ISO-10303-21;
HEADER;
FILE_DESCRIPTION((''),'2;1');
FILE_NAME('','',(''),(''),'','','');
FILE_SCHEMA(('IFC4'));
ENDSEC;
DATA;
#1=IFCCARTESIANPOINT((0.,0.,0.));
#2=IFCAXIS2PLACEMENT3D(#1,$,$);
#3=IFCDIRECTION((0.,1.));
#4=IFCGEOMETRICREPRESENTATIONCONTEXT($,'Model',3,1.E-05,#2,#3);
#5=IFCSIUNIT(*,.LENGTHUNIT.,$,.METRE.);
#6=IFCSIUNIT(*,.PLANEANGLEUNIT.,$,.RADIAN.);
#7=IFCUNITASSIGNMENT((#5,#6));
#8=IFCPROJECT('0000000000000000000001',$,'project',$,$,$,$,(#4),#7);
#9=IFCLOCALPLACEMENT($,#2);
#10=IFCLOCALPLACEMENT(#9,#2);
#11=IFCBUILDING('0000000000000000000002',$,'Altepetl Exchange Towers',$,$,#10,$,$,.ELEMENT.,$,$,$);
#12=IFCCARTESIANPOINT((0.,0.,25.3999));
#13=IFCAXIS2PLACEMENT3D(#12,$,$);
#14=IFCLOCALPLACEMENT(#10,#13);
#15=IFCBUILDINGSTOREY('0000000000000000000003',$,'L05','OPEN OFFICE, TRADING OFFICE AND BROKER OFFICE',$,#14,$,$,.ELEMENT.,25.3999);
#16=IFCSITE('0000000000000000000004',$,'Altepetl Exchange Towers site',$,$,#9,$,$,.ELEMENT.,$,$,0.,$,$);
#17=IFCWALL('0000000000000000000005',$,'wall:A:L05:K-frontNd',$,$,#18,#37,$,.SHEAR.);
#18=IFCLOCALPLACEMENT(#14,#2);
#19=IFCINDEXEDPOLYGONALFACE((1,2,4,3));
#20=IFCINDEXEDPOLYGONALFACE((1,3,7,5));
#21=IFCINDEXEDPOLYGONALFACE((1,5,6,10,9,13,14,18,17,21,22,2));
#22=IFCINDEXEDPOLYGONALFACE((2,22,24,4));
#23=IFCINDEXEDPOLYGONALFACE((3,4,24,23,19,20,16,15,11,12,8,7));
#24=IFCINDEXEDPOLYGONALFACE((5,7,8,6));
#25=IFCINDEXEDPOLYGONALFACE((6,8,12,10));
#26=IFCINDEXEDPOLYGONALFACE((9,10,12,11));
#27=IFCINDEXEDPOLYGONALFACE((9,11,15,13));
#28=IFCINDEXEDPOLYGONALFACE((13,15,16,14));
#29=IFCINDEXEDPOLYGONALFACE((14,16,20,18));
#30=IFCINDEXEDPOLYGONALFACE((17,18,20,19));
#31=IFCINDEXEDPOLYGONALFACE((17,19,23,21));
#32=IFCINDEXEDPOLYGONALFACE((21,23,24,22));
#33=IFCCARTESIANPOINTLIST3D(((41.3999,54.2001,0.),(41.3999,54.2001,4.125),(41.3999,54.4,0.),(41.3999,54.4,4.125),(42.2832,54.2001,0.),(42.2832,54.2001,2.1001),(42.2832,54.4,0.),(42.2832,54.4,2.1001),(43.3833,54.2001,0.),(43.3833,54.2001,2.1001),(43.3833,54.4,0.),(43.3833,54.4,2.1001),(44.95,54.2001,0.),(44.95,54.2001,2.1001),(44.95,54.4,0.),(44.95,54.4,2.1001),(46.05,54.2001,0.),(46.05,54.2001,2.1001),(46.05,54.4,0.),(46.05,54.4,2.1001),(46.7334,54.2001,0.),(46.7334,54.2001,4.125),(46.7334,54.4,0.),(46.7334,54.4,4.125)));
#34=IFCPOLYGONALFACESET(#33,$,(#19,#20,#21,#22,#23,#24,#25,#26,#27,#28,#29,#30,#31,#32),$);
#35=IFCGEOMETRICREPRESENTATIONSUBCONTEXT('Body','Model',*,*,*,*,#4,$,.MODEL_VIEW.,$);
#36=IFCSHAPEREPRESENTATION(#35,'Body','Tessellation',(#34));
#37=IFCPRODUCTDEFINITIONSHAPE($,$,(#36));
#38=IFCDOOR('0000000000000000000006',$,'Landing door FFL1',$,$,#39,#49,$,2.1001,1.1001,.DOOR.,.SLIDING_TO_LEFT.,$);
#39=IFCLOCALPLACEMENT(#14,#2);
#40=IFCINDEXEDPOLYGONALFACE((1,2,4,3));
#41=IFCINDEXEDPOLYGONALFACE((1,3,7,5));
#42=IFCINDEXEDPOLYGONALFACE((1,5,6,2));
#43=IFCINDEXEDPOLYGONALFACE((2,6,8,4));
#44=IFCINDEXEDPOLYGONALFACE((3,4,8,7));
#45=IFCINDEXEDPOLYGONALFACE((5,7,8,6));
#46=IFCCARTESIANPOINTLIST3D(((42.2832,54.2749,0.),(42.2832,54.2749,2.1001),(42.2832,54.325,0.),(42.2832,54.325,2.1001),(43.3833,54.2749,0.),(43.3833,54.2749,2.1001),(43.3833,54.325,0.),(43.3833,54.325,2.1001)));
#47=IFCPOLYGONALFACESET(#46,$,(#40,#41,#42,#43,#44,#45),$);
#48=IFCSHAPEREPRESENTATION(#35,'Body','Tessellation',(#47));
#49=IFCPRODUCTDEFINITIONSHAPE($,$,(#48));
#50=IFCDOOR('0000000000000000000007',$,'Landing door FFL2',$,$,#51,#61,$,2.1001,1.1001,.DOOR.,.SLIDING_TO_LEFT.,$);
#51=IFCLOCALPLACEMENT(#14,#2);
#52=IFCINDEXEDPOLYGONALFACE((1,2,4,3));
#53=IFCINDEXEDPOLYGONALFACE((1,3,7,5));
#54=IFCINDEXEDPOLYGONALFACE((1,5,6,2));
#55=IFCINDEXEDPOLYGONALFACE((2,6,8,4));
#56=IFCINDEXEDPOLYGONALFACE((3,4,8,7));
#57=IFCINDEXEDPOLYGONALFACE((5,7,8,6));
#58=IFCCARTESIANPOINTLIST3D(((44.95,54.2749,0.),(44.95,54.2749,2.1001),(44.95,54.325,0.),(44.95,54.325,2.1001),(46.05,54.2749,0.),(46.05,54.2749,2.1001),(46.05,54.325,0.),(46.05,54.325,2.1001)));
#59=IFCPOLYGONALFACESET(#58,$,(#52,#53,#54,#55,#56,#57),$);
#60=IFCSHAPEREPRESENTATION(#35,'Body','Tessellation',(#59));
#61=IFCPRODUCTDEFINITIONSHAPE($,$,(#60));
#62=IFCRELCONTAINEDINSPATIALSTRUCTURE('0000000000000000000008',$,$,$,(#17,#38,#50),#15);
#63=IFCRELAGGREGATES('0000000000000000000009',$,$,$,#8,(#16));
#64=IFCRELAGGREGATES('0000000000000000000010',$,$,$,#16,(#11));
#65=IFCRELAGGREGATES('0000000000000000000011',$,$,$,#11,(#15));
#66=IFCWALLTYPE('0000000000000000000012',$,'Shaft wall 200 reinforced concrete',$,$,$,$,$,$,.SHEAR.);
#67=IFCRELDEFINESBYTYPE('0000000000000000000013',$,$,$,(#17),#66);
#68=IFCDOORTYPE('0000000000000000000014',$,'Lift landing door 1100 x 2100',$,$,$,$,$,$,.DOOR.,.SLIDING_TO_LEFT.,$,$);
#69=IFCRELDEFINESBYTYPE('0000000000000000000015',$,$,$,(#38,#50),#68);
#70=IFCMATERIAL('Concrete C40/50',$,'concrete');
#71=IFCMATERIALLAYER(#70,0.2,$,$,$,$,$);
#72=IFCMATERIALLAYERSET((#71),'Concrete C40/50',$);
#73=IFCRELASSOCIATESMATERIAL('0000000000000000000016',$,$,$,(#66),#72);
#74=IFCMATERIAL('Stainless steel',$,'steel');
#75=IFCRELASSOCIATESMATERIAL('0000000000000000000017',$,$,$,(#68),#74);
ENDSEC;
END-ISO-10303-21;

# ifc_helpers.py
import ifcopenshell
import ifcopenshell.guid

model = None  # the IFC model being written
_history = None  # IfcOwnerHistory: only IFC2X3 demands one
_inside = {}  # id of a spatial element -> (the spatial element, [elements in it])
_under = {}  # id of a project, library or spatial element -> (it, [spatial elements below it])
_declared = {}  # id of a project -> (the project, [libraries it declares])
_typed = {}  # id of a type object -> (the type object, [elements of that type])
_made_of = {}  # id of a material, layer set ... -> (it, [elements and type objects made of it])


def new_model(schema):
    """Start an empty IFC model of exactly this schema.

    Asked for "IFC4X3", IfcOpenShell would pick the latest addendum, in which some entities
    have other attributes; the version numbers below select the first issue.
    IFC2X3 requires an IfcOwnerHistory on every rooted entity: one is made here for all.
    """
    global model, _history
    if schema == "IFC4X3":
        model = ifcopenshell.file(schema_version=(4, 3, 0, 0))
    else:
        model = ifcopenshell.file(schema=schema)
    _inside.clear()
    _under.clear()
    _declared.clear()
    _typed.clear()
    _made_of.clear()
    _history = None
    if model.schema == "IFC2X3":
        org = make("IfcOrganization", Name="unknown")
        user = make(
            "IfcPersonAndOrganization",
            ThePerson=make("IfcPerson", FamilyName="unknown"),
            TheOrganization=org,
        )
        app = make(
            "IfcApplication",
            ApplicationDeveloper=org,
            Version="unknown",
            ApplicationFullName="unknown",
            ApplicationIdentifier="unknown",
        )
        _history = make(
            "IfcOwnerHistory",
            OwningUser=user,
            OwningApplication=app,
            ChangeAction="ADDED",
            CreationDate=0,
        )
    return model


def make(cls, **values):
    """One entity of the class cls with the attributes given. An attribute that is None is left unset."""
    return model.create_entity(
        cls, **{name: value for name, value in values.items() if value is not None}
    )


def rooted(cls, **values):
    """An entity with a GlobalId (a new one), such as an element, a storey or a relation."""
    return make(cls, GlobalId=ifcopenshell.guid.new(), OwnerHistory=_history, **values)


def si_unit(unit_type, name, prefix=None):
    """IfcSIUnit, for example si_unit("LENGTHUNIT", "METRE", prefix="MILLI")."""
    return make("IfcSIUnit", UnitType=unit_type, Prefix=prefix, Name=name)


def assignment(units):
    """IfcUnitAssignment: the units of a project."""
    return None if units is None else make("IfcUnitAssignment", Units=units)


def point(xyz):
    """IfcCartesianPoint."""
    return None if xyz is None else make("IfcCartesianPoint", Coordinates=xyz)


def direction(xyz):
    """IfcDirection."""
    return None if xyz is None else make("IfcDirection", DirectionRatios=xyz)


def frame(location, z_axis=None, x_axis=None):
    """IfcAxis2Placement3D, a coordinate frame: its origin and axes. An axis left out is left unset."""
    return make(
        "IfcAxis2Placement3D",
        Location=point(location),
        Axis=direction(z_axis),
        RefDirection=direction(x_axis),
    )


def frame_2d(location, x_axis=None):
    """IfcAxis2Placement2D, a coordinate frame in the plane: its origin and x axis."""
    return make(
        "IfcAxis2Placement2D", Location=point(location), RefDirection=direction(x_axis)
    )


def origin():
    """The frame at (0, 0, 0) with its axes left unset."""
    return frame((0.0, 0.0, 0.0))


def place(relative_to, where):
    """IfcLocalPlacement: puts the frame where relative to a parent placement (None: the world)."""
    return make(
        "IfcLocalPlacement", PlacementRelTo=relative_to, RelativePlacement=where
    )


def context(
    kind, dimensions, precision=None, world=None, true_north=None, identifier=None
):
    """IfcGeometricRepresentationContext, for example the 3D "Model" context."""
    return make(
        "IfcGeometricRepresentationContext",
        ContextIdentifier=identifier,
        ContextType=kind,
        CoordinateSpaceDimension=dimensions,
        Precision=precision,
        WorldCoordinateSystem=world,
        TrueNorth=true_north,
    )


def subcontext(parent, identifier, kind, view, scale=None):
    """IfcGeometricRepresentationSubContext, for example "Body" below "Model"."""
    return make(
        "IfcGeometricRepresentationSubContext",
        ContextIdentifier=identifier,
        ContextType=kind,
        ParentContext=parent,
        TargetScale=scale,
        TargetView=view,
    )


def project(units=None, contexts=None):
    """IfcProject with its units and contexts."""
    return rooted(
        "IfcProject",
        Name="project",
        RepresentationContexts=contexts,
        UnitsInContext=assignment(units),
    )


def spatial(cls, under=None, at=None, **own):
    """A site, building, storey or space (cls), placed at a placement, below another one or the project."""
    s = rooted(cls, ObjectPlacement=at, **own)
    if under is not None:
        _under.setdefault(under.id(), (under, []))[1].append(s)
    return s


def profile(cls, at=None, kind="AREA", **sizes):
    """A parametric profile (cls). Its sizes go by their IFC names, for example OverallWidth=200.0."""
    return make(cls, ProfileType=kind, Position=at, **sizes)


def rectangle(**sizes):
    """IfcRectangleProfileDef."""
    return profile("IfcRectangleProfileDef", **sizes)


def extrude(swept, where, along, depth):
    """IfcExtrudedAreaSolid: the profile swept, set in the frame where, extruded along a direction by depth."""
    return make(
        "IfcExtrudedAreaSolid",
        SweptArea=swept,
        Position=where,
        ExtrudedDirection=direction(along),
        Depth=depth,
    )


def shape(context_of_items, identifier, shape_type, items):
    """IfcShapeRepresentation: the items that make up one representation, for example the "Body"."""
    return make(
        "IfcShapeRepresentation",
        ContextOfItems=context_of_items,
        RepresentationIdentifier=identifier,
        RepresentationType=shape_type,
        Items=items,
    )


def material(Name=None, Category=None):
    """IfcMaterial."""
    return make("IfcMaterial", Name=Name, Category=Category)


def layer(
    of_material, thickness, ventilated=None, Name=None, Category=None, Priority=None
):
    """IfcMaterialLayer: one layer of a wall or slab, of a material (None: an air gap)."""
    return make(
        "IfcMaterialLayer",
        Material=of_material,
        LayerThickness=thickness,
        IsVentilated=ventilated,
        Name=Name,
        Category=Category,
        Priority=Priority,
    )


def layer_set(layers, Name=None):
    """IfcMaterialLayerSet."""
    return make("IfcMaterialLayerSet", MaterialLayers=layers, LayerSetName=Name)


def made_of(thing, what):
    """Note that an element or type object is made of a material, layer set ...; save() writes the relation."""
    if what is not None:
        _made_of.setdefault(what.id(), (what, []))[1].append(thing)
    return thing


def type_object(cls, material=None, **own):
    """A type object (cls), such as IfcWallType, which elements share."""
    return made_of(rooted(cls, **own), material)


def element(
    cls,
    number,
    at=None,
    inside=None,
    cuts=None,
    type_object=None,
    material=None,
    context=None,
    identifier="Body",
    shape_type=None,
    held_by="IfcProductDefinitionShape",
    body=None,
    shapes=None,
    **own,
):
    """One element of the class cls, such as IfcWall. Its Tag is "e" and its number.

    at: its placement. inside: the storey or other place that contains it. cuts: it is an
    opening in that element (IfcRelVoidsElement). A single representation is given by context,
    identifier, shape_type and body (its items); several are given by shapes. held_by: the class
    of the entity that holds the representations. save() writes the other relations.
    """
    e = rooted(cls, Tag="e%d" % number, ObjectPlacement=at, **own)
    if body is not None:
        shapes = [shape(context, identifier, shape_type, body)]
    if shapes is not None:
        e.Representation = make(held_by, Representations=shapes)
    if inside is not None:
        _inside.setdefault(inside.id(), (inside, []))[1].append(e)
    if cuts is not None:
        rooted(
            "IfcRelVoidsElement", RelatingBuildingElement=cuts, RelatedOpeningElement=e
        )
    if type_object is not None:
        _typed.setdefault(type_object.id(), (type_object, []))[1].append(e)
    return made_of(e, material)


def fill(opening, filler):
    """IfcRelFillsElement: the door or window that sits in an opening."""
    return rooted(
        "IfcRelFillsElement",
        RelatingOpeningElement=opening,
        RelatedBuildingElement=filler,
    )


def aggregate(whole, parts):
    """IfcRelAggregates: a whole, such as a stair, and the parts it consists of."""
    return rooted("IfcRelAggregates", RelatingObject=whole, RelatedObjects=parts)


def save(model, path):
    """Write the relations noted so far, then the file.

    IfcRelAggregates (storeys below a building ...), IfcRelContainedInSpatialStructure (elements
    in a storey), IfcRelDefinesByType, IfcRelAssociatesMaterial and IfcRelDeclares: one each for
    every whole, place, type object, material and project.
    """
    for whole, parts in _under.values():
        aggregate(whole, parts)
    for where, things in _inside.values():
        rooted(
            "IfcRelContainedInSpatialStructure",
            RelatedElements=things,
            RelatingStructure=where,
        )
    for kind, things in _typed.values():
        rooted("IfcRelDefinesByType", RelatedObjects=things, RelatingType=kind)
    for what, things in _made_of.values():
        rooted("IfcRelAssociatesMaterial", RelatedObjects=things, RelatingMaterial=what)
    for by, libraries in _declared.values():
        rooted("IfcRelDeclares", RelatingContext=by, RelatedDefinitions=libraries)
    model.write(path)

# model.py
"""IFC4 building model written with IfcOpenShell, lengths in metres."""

from ifc_helpers import new_model, si_unit, direction, frame, frame_2d, origin, place, context, subcontext, project, spatial, rectangle, extrude, material, layer, layer_set, type_object, element, fill, save


model = new_model("IFC4")

# Units and contexts
model_context = context("Model", 3, precision=1e-05, world=origin(), true_north=direction((0.0, 1.0)))
body_context = subcontext(model_context, "Body", "Model", "MODEL_VIEW")
ifc_project = project(units=[si_unit("LENGTHUNIT", "METRE"), si_unit("PLANEANGLEUNIT", "RADIAN")], contexts=[model_context])

# Site, building, storey
site_placement = place(None, origin())
site = spatial("IfcSite", under=ifc_project, at=site_placement, Name="Altepetl Exchange Towers site", CompositionType="ELEMENT", RefElevation=0.0)
building_placement = place(site_placement, origin())
building = spatial("IfcBuilding", under=site, at=building_placement, Name="Altepetl Exchange Towers", CompositionType="ELEMENT")
storey_placement = place(building_placement, frame((0.0, 0.0, 25.3999)))
storey = spatial("IfcBuildingStorey", under=building, at=storey_placement, Name="L05", Description="OPEN OFFICE, TRADING OFFICE AND BROKER OFFICE", CompositionType="ELEMENT", Elevation=25.3999)

# Wall, openings, doors
ifc_material_1 = material(Name="Concrete C40/50", Category="concrete")
ifc_layer_1 = layer(ifc_material_1, 0.2)
ifc_layer_set_1 = layer_set([ifc_layer_1], Name="Concrete C40/50")
wall_type_1 = type_object("IfcWallType", Name="Shaft wall 200 reinforced concrete", PredefinedType="SHEAR", material=ifc_layer_set_1)
wall_1_placement = place(storey_placement, frame((41.3999, 54.3, 0.0)))
wall_1 = element("IfcWall", 1, at=wall_1_placement, inside=storey, type_object=wall_type_1, Name="wall:A:L05:K-frontNd", PredefinedType="SHEAR", context=body_context, shape_type="SweptSolid", body=[
    extrude(rectangle(XDim=5.3335, YDim=0.2, at=frame_2d((2.6667, 0.0))), origin(), (0.0, 0.0, 1.0), 4.125),
])
opening_1_placement = place(wall_1_placement, frame((0.8833, 0.0, 0.0)))
opening_1 = element("IfcOpeningElement", 2, at=opening_1_placement, cuts=wall_1, PredefinedType="OPENING", context=body_context, shape_type="SweptSolid", body=[
    extrude(rectangle(XDim=1.1001, YDim=2.1001, at=frame_2d((0.55, 1.05))), frame((0.0, 0.1099, 0.0), z_axis=(0.0, -1.0, 0.0), x_axis=(1.0, 0.0, 0.0)), (0.0, 0.0, 1.0), 0.22),
])
opening_2_placement = place(wall_1_placement, frame((3.55, 0.0, 0.0)))
opening_2 = element("IfcOpeningElement", 3, at=opening_2_placement, cuts=wall_1, PredefinedType="OPENING", context=body_context, shape_type="SweptSolid", body=[
    extrude(rectangle(XDim=1.1001, YDim=2.1001, at=frame_2d((0.55, 1.05))), frame((0.0, 0.1099, 0.0), z_axis=(0.0, -1.0, 0.0), x_axis=(1.0, 0.0, 0.0)), (0.0, 0.0, 1.0), 0.22),
])
ifc_material_2 = material(Name="Stainless steel", Category="steel")
door_type_1 = type_object("IfcDoorType", Name="Lift landing door 1100 x 2100", OperationType="SLIDING_TO_LEFT", PredefinedType="DOOR", material=ifc_material_2)
door_1_placement = place(opening_1_placement, origin())
door_1 = element("IfcDoor", 4, at=door_1_placement, inside=storey, type_object=door_type_1, Name="Landing door FFL1", OperationType="SLIDING_TO_LEFT", OverallHeight=2.1001, OverallWidth=1.1001, PredefinedType="DOOR", context=body_context, shape_type="SweptSolid", body=[
    extrude(rectangle(XDim=1.1001, YDim=2.1001, at=frame_2d((0.55, 1.05))), frame((0.0, 0.0249, 0.0), z_axis=(0.0, -1.0, 0.0), x_axis=(1.0, 0.0, 0.0)), (0.0, 0.0, 1.0), 0.05),
])
fill(opening_1, door_1)
door_2_placement = place(opening_2_placement, origin())
door_2 = element("IfcDoor", 5, at=door_2_placement, inside=storey, type_object=door_type_1, Name="Landing door FFL2", OperationType="SLIDING_TO_LEFT", OverallHeight=2.1001, OverallWidth=1.1001, PredefinedType="DOOR", context=body_context, shape_type="SweptSolid", body=[
    extrude(rectangle(XDim=1.1001, YDim=2.1001, at=frame_2d((0.55, 1.05))), frame((0.0, 0.0249, 0.0), z_axis=(0.0, -1.0, 0.0), x_axis=(1.0, 0.0, 0.0)), (0.0, 0.0, 1.0), 0.05),
])
fill(opening_2, door_2)

save(model, "model.ifc")
